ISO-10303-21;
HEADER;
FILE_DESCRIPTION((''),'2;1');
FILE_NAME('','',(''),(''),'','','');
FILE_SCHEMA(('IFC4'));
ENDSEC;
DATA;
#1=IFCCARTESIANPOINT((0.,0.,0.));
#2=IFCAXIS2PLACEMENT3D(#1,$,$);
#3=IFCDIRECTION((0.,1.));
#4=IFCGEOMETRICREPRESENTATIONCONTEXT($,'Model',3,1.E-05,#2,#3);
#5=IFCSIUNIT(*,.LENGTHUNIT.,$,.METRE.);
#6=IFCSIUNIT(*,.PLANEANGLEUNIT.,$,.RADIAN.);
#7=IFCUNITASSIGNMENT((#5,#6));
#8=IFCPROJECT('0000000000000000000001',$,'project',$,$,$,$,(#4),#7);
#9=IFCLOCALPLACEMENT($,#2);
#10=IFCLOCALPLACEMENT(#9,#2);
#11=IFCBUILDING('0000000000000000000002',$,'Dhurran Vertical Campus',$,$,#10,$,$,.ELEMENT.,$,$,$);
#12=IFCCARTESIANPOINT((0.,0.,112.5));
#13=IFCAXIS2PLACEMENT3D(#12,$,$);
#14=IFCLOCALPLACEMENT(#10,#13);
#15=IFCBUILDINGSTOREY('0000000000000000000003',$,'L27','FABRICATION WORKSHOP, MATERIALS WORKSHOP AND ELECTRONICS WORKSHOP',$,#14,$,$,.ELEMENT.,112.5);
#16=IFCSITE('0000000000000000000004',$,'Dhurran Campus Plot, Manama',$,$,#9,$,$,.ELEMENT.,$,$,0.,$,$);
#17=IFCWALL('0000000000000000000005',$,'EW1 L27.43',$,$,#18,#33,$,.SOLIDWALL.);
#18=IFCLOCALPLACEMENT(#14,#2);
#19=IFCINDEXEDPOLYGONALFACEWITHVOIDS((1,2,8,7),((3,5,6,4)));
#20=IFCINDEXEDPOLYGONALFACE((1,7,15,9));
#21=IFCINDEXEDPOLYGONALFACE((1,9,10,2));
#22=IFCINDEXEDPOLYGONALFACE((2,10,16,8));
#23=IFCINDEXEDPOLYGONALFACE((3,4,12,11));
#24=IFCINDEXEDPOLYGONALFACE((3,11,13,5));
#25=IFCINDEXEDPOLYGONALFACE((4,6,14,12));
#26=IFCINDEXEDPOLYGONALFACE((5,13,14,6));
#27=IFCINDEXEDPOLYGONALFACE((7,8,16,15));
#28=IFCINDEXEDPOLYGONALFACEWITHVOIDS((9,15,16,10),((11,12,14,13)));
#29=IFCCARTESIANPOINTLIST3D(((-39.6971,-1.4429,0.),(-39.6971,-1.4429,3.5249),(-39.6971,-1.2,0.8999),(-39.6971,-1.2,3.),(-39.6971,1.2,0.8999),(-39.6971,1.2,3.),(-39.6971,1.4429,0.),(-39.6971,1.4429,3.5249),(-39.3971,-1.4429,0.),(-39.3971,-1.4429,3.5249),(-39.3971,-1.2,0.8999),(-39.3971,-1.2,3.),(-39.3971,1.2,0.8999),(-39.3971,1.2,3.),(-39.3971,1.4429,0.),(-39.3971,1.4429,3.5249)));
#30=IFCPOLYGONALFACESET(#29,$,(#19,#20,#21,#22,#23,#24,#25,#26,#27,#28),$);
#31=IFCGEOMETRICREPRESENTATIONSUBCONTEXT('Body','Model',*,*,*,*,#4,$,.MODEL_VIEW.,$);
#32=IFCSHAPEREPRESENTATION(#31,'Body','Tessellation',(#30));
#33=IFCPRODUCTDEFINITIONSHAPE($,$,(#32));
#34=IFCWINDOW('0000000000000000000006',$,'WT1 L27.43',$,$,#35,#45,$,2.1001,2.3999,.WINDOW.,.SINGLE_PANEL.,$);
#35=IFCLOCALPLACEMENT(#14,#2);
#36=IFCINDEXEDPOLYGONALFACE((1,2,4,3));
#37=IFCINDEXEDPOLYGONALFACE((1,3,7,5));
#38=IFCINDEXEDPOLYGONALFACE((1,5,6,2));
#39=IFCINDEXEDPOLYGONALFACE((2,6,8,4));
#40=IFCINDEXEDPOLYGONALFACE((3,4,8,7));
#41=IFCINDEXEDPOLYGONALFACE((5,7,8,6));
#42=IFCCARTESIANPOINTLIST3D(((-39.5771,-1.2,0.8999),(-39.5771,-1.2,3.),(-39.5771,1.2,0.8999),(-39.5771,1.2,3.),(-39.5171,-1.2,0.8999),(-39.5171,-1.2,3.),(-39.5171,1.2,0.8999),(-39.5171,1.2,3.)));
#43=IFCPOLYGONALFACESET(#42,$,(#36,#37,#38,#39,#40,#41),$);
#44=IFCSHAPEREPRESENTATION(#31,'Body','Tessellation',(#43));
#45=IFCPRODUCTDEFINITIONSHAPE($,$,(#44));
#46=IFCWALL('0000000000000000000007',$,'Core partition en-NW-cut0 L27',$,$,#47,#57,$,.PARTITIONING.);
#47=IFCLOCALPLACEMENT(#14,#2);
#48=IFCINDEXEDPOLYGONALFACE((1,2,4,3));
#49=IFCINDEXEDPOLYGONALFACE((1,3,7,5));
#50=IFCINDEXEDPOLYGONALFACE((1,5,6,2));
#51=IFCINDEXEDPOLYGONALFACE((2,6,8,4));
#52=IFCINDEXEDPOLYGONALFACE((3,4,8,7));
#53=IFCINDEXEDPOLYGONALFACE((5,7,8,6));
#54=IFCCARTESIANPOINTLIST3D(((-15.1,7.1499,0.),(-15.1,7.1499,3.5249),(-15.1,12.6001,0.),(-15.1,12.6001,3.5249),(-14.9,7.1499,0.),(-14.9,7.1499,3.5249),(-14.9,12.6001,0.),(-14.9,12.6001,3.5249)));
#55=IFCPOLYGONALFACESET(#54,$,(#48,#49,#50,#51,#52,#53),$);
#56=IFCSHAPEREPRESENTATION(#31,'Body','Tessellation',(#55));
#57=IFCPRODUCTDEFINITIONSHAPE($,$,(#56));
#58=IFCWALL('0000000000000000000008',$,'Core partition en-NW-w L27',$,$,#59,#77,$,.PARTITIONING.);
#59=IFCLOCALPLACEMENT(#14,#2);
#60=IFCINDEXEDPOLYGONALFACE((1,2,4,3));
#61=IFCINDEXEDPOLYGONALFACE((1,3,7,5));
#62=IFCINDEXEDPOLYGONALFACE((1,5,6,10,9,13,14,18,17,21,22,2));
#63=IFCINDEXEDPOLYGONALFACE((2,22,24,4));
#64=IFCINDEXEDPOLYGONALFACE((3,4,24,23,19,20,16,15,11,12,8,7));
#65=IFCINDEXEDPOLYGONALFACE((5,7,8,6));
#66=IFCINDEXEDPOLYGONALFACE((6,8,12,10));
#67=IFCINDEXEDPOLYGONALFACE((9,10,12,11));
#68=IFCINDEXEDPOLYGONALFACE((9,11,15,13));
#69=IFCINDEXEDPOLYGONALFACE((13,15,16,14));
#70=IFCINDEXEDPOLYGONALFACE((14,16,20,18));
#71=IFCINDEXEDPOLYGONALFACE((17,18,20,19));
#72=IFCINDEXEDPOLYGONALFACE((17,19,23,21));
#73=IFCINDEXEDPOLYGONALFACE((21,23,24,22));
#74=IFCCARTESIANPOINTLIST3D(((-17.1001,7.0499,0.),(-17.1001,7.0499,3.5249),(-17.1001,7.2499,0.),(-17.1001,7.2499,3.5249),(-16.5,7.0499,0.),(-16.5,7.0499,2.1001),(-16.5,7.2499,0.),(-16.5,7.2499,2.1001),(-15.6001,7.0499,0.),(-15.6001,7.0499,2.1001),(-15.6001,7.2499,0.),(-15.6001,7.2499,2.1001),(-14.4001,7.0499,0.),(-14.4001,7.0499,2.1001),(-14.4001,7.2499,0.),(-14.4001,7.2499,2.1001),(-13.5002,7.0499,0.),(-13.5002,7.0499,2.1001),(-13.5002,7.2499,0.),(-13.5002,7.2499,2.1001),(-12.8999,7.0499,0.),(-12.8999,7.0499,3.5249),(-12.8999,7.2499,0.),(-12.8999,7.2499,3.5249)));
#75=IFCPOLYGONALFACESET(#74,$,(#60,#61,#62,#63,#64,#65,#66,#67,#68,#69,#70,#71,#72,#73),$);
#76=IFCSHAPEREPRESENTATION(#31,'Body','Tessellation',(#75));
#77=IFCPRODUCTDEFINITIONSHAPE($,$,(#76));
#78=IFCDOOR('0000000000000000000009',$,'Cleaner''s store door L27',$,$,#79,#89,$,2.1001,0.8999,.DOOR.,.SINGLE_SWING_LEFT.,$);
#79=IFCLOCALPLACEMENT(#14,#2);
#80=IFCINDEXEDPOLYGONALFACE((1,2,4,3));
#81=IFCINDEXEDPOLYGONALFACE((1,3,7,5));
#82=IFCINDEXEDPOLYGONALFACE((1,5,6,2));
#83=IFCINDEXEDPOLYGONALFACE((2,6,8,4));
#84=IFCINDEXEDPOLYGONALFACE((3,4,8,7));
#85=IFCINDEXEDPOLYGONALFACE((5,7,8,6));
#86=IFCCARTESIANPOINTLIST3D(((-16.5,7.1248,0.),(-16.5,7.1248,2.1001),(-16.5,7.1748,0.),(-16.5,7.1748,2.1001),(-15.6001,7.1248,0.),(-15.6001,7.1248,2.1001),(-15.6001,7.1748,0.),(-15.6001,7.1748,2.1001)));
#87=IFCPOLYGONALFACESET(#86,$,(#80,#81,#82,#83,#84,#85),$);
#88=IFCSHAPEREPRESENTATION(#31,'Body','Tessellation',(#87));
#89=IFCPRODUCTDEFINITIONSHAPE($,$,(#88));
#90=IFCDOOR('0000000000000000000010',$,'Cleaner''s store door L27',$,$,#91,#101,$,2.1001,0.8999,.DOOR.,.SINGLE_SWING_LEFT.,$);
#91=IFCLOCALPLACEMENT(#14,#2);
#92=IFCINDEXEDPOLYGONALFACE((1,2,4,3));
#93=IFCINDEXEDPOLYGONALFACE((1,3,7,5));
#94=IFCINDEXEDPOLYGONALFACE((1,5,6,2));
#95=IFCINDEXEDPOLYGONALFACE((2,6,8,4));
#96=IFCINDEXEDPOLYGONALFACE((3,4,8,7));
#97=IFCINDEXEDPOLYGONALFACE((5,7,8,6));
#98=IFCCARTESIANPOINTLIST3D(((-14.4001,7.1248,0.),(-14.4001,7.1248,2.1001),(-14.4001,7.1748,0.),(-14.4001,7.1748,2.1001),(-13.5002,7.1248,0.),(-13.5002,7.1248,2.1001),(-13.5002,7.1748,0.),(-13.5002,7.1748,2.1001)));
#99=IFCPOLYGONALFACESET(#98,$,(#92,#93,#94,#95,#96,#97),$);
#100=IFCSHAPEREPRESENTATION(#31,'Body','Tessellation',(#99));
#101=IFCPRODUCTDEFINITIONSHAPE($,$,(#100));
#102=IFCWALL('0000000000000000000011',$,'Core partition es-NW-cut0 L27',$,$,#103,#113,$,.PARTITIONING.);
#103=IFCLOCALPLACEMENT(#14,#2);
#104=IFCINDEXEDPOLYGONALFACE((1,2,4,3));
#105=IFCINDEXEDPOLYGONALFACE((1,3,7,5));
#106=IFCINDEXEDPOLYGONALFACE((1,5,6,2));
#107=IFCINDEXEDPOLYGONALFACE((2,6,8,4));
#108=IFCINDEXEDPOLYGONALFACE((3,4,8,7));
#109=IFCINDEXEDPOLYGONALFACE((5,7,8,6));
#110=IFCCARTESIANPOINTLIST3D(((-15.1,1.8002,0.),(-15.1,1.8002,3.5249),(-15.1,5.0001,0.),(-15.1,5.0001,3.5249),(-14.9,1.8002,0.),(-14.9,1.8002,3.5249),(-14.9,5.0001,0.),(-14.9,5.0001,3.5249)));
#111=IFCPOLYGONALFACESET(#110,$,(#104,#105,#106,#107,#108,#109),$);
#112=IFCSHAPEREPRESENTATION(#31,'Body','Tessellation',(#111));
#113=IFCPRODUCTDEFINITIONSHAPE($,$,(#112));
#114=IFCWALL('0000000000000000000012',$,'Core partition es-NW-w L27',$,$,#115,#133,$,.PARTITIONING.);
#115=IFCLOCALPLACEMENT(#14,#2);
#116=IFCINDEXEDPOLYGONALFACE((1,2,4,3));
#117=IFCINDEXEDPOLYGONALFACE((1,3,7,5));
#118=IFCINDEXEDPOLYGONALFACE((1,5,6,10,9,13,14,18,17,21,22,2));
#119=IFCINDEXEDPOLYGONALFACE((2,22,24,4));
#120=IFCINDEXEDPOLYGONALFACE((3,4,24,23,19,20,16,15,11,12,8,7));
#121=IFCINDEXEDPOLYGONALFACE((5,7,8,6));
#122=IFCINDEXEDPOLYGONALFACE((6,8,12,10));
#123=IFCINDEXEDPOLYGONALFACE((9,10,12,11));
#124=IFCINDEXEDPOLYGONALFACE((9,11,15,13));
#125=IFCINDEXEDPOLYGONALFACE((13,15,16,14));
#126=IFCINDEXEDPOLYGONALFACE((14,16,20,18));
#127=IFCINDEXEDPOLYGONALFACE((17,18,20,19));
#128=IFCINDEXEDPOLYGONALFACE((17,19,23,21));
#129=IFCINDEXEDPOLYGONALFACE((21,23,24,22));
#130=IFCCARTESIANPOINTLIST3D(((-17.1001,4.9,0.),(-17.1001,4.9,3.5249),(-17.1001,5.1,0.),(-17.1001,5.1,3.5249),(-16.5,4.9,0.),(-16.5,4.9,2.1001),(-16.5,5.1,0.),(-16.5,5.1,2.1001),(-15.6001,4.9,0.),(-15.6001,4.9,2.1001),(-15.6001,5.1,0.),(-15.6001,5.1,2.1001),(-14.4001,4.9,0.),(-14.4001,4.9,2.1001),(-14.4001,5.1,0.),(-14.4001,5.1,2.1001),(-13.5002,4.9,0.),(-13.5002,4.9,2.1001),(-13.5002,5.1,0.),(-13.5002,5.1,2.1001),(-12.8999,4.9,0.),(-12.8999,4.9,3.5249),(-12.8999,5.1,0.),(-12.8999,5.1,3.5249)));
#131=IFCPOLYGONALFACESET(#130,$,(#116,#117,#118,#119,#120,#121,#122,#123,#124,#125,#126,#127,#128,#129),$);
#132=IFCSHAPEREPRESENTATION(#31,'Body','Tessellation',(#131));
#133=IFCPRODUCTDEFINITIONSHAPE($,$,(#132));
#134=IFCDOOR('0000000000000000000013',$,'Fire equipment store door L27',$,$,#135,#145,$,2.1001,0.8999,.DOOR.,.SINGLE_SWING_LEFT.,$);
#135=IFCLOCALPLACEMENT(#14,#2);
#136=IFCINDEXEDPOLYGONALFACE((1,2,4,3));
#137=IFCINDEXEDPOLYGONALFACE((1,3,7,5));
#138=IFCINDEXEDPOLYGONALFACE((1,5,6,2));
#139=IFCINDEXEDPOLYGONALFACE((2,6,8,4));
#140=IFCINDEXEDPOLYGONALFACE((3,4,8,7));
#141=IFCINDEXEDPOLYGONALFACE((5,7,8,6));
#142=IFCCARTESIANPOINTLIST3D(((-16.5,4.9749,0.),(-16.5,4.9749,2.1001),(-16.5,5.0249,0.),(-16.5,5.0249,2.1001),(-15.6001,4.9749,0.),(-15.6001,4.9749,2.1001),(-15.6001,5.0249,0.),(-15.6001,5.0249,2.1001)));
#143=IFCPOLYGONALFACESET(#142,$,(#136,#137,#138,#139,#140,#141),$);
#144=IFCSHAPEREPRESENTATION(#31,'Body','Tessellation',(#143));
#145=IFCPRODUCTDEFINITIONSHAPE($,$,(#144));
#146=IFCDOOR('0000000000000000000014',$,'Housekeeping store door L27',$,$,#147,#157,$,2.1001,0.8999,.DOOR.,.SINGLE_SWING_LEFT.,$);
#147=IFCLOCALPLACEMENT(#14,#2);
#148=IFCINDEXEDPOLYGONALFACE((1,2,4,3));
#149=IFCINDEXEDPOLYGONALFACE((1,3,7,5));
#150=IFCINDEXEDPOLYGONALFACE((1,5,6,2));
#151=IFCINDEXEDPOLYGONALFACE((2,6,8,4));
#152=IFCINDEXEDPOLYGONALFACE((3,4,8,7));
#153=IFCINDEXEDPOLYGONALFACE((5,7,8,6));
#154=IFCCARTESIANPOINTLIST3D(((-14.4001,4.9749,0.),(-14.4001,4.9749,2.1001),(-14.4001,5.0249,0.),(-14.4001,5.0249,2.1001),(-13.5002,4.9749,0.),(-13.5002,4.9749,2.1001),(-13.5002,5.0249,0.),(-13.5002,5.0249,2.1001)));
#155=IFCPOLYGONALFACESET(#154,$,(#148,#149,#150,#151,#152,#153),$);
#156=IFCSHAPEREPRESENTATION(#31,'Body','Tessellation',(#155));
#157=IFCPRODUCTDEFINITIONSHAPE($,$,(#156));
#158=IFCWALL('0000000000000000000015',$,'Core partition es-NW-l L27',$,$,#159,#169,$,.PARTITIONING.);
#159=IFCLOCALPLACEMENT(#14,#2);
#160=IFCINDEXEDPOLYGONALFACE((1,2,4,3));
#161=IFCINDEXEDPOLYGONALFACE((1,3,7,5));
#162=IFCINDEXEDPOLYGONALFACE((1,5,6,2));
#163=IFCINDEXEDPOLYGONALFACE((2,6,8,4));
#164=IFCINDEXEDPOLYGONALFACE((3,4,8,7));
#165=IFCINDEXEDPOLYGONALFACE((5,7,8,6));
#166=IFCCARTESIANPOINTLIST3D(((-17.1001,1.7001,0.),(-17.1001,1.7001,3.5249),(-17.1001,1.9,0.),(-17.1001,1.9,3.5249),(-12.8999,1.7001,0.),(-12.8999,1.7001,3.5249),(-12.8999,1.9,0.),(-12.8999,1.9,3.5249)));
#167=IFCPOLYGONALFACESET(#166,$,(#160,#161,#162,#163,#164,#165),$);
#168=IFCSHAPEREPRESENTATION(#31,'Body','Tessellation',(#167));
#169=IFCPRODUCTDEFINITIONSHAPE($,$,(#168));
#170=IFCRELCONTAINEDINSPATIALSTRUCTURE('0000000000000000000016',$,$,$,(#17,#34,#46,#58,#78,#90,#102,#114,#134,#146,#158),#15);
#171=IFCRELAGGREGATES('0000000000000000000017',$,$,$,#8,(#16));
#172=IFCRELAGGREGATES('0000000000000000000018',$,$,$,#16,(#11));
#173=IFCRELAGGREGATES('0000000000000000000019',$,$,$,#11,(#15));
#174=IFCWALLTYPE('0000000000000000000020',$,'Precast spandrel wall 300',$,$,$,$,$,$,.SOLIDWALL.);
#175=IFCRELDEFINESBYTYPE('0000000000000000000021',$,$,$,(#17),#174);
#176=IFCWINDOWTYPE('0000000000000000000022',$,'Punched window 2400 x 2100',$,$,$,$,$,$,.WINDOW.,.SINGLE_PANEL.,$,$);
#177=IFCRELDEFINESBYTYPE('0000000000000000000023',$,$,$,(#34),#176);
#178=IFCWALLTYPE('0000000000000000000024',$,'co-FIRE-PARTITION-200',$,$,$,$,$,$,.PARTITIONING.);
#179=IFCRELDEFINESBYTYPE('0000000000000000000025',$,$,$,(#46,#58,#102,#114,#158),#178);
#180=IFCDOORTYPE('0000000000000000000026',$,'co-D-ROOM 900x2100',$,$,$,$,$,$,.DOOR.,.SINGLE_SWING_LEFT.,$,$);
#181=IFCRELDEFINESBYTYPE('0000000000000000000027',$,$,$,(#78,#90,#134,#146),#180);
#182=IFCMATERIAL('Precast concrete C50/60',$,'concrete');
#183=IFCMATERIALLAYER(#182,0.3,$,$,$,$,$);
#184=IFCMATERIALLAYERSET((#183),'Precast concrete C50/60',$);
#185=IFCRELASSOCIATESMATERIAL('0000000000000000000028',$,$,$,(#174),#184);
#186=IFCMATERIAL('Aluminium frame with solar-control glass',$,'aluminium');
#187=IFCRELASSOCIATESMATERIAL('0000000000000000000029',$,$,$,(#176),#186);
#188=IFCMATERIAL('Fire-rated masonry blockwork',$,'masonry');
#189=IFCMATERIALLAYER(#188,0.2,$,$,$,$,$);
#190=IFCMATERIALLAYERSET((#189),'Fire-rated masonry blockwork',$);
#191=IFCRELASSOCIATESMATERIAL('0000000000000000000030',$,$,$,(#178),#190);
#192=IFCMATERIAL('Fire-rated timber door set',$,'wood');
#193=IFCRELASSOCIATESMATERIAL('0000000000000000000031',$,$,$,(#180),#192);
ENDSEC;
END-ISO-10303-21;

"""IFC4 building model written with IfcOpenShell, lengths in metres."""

from ifc_helpers import new_model, si_unit, direction, frame, frame_2d, origin, place, context, subcontext, project, spatial, rectangle, extrude, material, layer, layer_set, type_object, element, fill, save


model = new_model("IFC4")

# Units and contexts
model_context = context("Model", 3, precision=1e-05, world=origin(), true_north=direction((0.0, 1.0)))
body_context = subcontext(model_context, "Body", "Model", "MODEL_VIEW")
ifc_project = project(units=[si_unit("LENGTHUNIT", "METRE"), si_unit("PLANEANGLEUNIT", "RADIAN")], contexts=[model_context])

# Site, building, storey
site_placement = place(None, origin())
site = spatial("IfcSite", under=ifc_project, at=site_placement, Name="Dhurran Campus Plot, Manama", CompositionType="ELEMENT", RefElevation=0.0)
building_placement = place(site_placement, origin())
building = spatial("IfcBuilding", under=site, at=building_placement, Name="Dhurran Vertical Campus", CompositionType="ELEMENT")
storey_placement = place(building_placement, frame((0.0, 0.0, 112.5)))
storey = spatial("IfcBuildingStorey", under=building, at=storey_placement, Name="L27", Description="FABRICATION WORKSHOP, MATERIALS WORKSHOP AND ELECTRONICS WORKSHOP", CompositionType="ELEMENT", Elevation=112.5)

# Wall, opening, window
ifc_material_1 = material(Name="Precast concrete C50/60", Category="concrete")
ifc_layer_1 = layer(ifc_material_1, 0.3)
ifc_layer_set_1 = layer_set([ifc_layer_1], Name="Precast concrete C50/60")
wall_type_1 = type_object("IfcWallType", Name="Precast spandrel wall 300", PredefinedType="SOLIDWALL", material=ifc_layer_set_1)
ifc_material_2 = material(Name="Aluminium frame with solar-control glass", Category="aluminium")
window_type = type_object("IfcWindowType", Name="Punched window 2400 x 2100", PartitioningType="SINGLE_PANEL", PredefinedType="WINDOW", material=ifc_material_2)
wall_1_placement = place(storey_placement, frame((-39.5471, 1.4429, 0.0), z_axis=(0.0, 0.0, 1.0), x_axis=(0.0, -1.0, 0.0)))
wall_1 = element("IfcWall", 1, at=wall_1_placement, inside=storey, type_object=wall_type_1, Name="EW1 L27.43", PredefinedType="SOLIDWALL", context=body_context, shape_type="SweptSolid", body=[
    extrude(rectangle(XDim=2.8857, YDim=0.3, at=frame_2d((1.4429, 0.0))), origin(), (0.0, 0.0, 1.0), 3.5249),
])
opening_1_placement = place(wall_1_placement, frame((0.2429, 0.0, 0.8999)))
opening_1 = element("IfcOpeningElement", 2, at=opening_1_placement, cuts=wall_1, PredefinedType="OPENING", context=body_context, shape_type="SweptSolid", body=[
    extrude(rectangle(XDim=2.3999, YDim=2.1001, at=frame_2d((1.2, 1.05))), frame((0.0, 0.1599, 0.0), z_axis=(0.0, -1.0, 0.0), x_axis=(1.0, 0.0, 0.0)), (0.0, 0.0, 1.0), 0.3201),
])
window_1_placement = place(opening_1_placement, origin())
window_1 = element("IfcWindow", 3, at=window_1_placement, inside=storey, type_object=window_type, Name="WT1 L27.43", OverallHeight=2.1001, OverallWidth=2.3999, PartitioningType="SINGLE_PANEL", PredefinedType="WINDOW", context=body_context, shape_type="SweptSolid", body=[
    extrude(rectangle(XDim=2.3999, YDim=2.1001, at=frame_2d((1.2, 1.05))), frame((0.0, 0.03, 0.0), z_axis=(0.0, -1.0, 0.0), x_axis=(1.0, 0.0, 0.0)), (0.0, 0.0, 1.0), 0.0601),
])
fill(opening_1, window_1)

# Wall
ifc_material_3 = material(Name="Fire-rated masonry blockwork", Category="masonry")
ifc_layer_2 = layer(ifc_material_3, 0.2)
ifc_layer_set_2 = layer_set([ifc_layer_2], Name="Fire-rated masonry blockwork")
wall_type_2 = type_object("IfcWallType", Name="co-FIRE-PARTITION-200", PredefinedType="PARTITIONING", material=ifc_layer_set_2)
wall_2_placement = place(storey_placement, frame((-15.0, 7.1499, 0.0), z_axis=(0.0, 0.0, 1.0), x_axis=(0.0, 1.0, 0.0)))
element("IfcWall", 4, at=wall_2_placement, inside=storey, type_object=wall_type_2, Name="Core partition en-NW-cut0 L27", PredefinedType="PARTITIONING", context=body_context, shape_type="SweptSolid", body=[
    extrude(rectangle(XDim=5.4502, YDim=0.2, at=frame_2d((2.7251, 0.0))), origin(), (0.0, 0.0, 1.0), 3.5249),
])

# Wall, openings, doors
wall_3_placement = place(storey_placement, frame((-17.1001, 7.1499, 0.0), z_axis=(0.0, 0.0, 1.0), x_axis=(1.0, 0.0, 0.0)))
wall_3 = element("IfcWall", 5, at=wall_3_placement, inside=storey, type_object=wall_type_2, Name="Core partition en-NW-w L27", PredefinedType="PARTITIONING", context=body_context, shape_type="SweptSolid", body=[
    extrude(rectangle(XDim=4.2002, YDim=0.2, at=frame_2d((2.1001, 0.0))), origin(), (0.0, 0.0, 1.0), 3.5249),
])
opening_2_placement = place(wall_3_placement, frame((0.6001, 0.0, 0.0)))
opening_2 = element("IfcOpeningElement", 6, at=opening_2_placement, cuts=wall_3, PredefinedType="OPENING", context=body_context, shape_type="SweptSolid", body=[
    extrude(rectangle(XDim=0.8999, YDim=2.1001, at=frame_2d((0.45, 1.05))), frame((0.0, 0.1099, 0.0), z_axis=(0.0, -1.0, 0.0), x_axis=(1.0, 0.0, 0.0)), (0.0, 0.0, 1.0), 0.22),
])
opening_3_placement = place(wall_3_placement, frame((2.7, 0.0, 0.0)))
opening_3 = element("IfcOpeningElement", 7, at=opening_3_placement, cuts=wall_3, PredefinedType="OPENING", context=body_context, shape_type="SweptSolid", body=[
    extrude(rectangle(XDim=0.8999, YDim=2.1001, at=frame_2d((0.45, 1.05))), frame((0.0, 0.1099, 0.0), z_axis=(0.0, -1.0, 0.0), x_axis=(1.0, 0.0, 0.0)), (0.0, 0.0, 1.0), 0.22),
])
ifc_material_4 = material(Name="Fire-rated timber door set", Category="wood")
door_type_1 = type_object("IfcDoorType", Name="co-D-ROOM 900x2100", OperationType="SINGLE_SWING_LEFT", PredefinedType="DOOR", material=ifc_material_4)
door_1_placement = place(opening_2_placement, origin())
door_1 = element("IfcDoor", 8, at=door_1_placement, inside=storey, type_object=door_type_1, Name="Cleaner's store door L27", OperationType="SINGLE_SWING_LEFT", OverallHeight=2.1001, OverallWidth=0.8999, PredefinedType="DOOR", context=body_context, shape_type="SweptSolid", body=[
    extrude(rectangle(XDim=0.8999, YDim=2.1001, at=frame_2d((0.45, 1.05))), frame((0.0, 0.0249, 0.0), z_axis=(0.0, -1.0, 0.0), x_axis=(1.0, 0.0, 0.0)), (0.0, 0.0, 1.0), 0.05),
])
fill(opening_2, door_1)
door_2_placement = place(opening_3_placement, origin())
door_2 = element("IfcDoor", 9, at=door_2_placement, inside=storey, type_object=door_type_1, Name="Cleaner's store door L27", OperationType="SINGLE_SWING_LEFT", OverallHeight=2.1001, OverallWidth=0.8999, PredefinedType="DOOR", context=body_context, shape_type="SweptSolid", body=[
    extrude(rectangle(XDim=0.8999, YDim=2.1001, at=frame_2d((0.45, 1.05))), frame((0.0, 0.0249, 0.0), z_axis=(0.0, -1.0, 0.0), x_axis=(1.0, 0.0, 0.0)), (0.0, 0.0, 1.0), 0.05),
])
fill(opening_3, door_2)

# Wall
wall_4_placement = place(storey_placement, frame((-15.0, 1.8, 0.0), z_axis=(0.0, 0.0, 1.0), x_axis=(0.0, 1.0, 0.0)))
element("IfcWall", 10, at=wall_4_placement, inside=storey, type_object=wall_type_2, Name="Core partition es-NW-cut0 L27", PredefinedType="PARTITIONING", context=body_context, shape_type="SweptSolid", body=[
    extrude(rectangle(XDim=3.2, YDim=0.2, at=frame_2d((1.6001, 0.0))), origin(), (0.0, 0.0, 1.0), 3.5249),
])

# Wall, openings, doors
wall_5_placement = place(storey_placement, frame((-17.1001, 5.0, 0.0), z_axis=(0.0, 0.0, 1.0), x_axis=(1.0, 0.0, 0.0)))
wall_5 = element("IfcWall", 11, at=wall_5_placement, inside=storey, type_object=wall_type_2, Name="Core partition es-NW-w L27", PredefinedType="PARTITIONING", context=body_context, shape_type="SweptSolid", body=[
    extrude(rectangle(XDim=4.2002, YDim=0.2, at=frame_2d((2.1001, 0.0))), origin(), (0.0, 0.0, 1.0), 3.5249),
])
opening_4_placement = place(wall_5_placement, frame((0.6001, 0.0, 0.0)))
opening_4 = element("IfcOpeningElement", 12, at=opening_4_placement, cuts=wall_5, PredefinedType="OPENING", context=body_context, shape_type="SweptSolid", body=[
    extrude(rectangle(XDim=0.8999, YDim=2.1001, at=frame_2d((0.45, 1.05))), frame((0.0, 0.1099, 0.0), z_axis=(0.0, -1.0, 0.0), x_axis=(1.0, 0.0, 0.0)), (0.0, 0.0, 1.0), 0.22),
])
opening_5_placement = place(wall_5_placement, frame((2.7, 0.0, 0.0)))
opening_5 = element("IfcOpeningElement", 13, at=opening_5_placement, cuts=wall_5, PredefinedType="OPENING", context=body_context, shape_type="SweptSolid", body=[
    extrude(rectangle(XDim=0.8999, YDim=2.1001, at=frame_2d((0.45, 1.05))), frame((0.0, 0.1099, 0.0), z_axis=(0.0, -1.0, 0.0), x_axis=(1.0, 0.0, 0.0)), (0.0, 0.0, 1.0), 0.22),
])
door_3_placement = place(opening_4_placement, origin())
door_3 = element("IfcDoor", 14, at=door_3_placement, inside=storey, type_object=door_type_1, Name="Fire equipment store door L27", OperationType="SINGLE_SWING_LEFT", OverallHeight=2.1001, OverallWidth=0.8999, PredefinedType="DOOR", context=body_context, shape_type="SweptSolid", body=[
    extrude(rectangle(XDim=0.8999, YDim=2.1001, at=frame_2d((0.45, 1.05))), frame((0.0, 0.0249, 0.0), z_axis=(0.0, -1.0, 0.0), x_axis=(1.0, 0.0, 0.0)), (0.0, 0.0, 1.0), 0.05),
])
fill(opening_4, door_3)
door_4_placement = place(opening_5_placement, origin())
door_4 = element("IfcDoor", 15, at=door_4_placement, inside=storey, type_object=door_type_1, Name="Housekeeping store door L27", OperationType="SINGLE_SWING_LEFT", OverallHeight=2.1001, OverallWidth=0.8999, PredefinedType="DOOR", context=body_context, shape_type="SweptSolid", body=[
    extrude(rectangle(XDim=0.8999, YDim=2.1001, at=frame_2d((0.45, 1.05))), frame((0.0, 0.0249, 0.0), z_axis=(0.0, -1.0, 0.0), x_axis=(1.0, 0.0, 0.0)), (0.0, 0.0, 1.0), 0.05),
])
fill(opening_5, door_4)

# Wall
wall_6_placement = place(storey_placement, frame((-17.1001, 1.8, 0.0), z_axis=(0.0, 0.0, 1.0), x_axis=(1.0, 0.0, 0.0)))
element("IfcWall", 16, at=wall_6_placement, inside=storey, type_object=wall_type_2, Name="Core partition es-NW-l L27", PredefinedType="PARTITIONING", context=body_context, shape_type="SweptSolid", body=[
    extrude(rectangle(XDim=4.2002, YDim=0.2, at=frame_2d((2.1001, 0.0))), origin(), (0.0, 0.0, 1.0), 3.5249),
])

save(model, "model.ifc")
